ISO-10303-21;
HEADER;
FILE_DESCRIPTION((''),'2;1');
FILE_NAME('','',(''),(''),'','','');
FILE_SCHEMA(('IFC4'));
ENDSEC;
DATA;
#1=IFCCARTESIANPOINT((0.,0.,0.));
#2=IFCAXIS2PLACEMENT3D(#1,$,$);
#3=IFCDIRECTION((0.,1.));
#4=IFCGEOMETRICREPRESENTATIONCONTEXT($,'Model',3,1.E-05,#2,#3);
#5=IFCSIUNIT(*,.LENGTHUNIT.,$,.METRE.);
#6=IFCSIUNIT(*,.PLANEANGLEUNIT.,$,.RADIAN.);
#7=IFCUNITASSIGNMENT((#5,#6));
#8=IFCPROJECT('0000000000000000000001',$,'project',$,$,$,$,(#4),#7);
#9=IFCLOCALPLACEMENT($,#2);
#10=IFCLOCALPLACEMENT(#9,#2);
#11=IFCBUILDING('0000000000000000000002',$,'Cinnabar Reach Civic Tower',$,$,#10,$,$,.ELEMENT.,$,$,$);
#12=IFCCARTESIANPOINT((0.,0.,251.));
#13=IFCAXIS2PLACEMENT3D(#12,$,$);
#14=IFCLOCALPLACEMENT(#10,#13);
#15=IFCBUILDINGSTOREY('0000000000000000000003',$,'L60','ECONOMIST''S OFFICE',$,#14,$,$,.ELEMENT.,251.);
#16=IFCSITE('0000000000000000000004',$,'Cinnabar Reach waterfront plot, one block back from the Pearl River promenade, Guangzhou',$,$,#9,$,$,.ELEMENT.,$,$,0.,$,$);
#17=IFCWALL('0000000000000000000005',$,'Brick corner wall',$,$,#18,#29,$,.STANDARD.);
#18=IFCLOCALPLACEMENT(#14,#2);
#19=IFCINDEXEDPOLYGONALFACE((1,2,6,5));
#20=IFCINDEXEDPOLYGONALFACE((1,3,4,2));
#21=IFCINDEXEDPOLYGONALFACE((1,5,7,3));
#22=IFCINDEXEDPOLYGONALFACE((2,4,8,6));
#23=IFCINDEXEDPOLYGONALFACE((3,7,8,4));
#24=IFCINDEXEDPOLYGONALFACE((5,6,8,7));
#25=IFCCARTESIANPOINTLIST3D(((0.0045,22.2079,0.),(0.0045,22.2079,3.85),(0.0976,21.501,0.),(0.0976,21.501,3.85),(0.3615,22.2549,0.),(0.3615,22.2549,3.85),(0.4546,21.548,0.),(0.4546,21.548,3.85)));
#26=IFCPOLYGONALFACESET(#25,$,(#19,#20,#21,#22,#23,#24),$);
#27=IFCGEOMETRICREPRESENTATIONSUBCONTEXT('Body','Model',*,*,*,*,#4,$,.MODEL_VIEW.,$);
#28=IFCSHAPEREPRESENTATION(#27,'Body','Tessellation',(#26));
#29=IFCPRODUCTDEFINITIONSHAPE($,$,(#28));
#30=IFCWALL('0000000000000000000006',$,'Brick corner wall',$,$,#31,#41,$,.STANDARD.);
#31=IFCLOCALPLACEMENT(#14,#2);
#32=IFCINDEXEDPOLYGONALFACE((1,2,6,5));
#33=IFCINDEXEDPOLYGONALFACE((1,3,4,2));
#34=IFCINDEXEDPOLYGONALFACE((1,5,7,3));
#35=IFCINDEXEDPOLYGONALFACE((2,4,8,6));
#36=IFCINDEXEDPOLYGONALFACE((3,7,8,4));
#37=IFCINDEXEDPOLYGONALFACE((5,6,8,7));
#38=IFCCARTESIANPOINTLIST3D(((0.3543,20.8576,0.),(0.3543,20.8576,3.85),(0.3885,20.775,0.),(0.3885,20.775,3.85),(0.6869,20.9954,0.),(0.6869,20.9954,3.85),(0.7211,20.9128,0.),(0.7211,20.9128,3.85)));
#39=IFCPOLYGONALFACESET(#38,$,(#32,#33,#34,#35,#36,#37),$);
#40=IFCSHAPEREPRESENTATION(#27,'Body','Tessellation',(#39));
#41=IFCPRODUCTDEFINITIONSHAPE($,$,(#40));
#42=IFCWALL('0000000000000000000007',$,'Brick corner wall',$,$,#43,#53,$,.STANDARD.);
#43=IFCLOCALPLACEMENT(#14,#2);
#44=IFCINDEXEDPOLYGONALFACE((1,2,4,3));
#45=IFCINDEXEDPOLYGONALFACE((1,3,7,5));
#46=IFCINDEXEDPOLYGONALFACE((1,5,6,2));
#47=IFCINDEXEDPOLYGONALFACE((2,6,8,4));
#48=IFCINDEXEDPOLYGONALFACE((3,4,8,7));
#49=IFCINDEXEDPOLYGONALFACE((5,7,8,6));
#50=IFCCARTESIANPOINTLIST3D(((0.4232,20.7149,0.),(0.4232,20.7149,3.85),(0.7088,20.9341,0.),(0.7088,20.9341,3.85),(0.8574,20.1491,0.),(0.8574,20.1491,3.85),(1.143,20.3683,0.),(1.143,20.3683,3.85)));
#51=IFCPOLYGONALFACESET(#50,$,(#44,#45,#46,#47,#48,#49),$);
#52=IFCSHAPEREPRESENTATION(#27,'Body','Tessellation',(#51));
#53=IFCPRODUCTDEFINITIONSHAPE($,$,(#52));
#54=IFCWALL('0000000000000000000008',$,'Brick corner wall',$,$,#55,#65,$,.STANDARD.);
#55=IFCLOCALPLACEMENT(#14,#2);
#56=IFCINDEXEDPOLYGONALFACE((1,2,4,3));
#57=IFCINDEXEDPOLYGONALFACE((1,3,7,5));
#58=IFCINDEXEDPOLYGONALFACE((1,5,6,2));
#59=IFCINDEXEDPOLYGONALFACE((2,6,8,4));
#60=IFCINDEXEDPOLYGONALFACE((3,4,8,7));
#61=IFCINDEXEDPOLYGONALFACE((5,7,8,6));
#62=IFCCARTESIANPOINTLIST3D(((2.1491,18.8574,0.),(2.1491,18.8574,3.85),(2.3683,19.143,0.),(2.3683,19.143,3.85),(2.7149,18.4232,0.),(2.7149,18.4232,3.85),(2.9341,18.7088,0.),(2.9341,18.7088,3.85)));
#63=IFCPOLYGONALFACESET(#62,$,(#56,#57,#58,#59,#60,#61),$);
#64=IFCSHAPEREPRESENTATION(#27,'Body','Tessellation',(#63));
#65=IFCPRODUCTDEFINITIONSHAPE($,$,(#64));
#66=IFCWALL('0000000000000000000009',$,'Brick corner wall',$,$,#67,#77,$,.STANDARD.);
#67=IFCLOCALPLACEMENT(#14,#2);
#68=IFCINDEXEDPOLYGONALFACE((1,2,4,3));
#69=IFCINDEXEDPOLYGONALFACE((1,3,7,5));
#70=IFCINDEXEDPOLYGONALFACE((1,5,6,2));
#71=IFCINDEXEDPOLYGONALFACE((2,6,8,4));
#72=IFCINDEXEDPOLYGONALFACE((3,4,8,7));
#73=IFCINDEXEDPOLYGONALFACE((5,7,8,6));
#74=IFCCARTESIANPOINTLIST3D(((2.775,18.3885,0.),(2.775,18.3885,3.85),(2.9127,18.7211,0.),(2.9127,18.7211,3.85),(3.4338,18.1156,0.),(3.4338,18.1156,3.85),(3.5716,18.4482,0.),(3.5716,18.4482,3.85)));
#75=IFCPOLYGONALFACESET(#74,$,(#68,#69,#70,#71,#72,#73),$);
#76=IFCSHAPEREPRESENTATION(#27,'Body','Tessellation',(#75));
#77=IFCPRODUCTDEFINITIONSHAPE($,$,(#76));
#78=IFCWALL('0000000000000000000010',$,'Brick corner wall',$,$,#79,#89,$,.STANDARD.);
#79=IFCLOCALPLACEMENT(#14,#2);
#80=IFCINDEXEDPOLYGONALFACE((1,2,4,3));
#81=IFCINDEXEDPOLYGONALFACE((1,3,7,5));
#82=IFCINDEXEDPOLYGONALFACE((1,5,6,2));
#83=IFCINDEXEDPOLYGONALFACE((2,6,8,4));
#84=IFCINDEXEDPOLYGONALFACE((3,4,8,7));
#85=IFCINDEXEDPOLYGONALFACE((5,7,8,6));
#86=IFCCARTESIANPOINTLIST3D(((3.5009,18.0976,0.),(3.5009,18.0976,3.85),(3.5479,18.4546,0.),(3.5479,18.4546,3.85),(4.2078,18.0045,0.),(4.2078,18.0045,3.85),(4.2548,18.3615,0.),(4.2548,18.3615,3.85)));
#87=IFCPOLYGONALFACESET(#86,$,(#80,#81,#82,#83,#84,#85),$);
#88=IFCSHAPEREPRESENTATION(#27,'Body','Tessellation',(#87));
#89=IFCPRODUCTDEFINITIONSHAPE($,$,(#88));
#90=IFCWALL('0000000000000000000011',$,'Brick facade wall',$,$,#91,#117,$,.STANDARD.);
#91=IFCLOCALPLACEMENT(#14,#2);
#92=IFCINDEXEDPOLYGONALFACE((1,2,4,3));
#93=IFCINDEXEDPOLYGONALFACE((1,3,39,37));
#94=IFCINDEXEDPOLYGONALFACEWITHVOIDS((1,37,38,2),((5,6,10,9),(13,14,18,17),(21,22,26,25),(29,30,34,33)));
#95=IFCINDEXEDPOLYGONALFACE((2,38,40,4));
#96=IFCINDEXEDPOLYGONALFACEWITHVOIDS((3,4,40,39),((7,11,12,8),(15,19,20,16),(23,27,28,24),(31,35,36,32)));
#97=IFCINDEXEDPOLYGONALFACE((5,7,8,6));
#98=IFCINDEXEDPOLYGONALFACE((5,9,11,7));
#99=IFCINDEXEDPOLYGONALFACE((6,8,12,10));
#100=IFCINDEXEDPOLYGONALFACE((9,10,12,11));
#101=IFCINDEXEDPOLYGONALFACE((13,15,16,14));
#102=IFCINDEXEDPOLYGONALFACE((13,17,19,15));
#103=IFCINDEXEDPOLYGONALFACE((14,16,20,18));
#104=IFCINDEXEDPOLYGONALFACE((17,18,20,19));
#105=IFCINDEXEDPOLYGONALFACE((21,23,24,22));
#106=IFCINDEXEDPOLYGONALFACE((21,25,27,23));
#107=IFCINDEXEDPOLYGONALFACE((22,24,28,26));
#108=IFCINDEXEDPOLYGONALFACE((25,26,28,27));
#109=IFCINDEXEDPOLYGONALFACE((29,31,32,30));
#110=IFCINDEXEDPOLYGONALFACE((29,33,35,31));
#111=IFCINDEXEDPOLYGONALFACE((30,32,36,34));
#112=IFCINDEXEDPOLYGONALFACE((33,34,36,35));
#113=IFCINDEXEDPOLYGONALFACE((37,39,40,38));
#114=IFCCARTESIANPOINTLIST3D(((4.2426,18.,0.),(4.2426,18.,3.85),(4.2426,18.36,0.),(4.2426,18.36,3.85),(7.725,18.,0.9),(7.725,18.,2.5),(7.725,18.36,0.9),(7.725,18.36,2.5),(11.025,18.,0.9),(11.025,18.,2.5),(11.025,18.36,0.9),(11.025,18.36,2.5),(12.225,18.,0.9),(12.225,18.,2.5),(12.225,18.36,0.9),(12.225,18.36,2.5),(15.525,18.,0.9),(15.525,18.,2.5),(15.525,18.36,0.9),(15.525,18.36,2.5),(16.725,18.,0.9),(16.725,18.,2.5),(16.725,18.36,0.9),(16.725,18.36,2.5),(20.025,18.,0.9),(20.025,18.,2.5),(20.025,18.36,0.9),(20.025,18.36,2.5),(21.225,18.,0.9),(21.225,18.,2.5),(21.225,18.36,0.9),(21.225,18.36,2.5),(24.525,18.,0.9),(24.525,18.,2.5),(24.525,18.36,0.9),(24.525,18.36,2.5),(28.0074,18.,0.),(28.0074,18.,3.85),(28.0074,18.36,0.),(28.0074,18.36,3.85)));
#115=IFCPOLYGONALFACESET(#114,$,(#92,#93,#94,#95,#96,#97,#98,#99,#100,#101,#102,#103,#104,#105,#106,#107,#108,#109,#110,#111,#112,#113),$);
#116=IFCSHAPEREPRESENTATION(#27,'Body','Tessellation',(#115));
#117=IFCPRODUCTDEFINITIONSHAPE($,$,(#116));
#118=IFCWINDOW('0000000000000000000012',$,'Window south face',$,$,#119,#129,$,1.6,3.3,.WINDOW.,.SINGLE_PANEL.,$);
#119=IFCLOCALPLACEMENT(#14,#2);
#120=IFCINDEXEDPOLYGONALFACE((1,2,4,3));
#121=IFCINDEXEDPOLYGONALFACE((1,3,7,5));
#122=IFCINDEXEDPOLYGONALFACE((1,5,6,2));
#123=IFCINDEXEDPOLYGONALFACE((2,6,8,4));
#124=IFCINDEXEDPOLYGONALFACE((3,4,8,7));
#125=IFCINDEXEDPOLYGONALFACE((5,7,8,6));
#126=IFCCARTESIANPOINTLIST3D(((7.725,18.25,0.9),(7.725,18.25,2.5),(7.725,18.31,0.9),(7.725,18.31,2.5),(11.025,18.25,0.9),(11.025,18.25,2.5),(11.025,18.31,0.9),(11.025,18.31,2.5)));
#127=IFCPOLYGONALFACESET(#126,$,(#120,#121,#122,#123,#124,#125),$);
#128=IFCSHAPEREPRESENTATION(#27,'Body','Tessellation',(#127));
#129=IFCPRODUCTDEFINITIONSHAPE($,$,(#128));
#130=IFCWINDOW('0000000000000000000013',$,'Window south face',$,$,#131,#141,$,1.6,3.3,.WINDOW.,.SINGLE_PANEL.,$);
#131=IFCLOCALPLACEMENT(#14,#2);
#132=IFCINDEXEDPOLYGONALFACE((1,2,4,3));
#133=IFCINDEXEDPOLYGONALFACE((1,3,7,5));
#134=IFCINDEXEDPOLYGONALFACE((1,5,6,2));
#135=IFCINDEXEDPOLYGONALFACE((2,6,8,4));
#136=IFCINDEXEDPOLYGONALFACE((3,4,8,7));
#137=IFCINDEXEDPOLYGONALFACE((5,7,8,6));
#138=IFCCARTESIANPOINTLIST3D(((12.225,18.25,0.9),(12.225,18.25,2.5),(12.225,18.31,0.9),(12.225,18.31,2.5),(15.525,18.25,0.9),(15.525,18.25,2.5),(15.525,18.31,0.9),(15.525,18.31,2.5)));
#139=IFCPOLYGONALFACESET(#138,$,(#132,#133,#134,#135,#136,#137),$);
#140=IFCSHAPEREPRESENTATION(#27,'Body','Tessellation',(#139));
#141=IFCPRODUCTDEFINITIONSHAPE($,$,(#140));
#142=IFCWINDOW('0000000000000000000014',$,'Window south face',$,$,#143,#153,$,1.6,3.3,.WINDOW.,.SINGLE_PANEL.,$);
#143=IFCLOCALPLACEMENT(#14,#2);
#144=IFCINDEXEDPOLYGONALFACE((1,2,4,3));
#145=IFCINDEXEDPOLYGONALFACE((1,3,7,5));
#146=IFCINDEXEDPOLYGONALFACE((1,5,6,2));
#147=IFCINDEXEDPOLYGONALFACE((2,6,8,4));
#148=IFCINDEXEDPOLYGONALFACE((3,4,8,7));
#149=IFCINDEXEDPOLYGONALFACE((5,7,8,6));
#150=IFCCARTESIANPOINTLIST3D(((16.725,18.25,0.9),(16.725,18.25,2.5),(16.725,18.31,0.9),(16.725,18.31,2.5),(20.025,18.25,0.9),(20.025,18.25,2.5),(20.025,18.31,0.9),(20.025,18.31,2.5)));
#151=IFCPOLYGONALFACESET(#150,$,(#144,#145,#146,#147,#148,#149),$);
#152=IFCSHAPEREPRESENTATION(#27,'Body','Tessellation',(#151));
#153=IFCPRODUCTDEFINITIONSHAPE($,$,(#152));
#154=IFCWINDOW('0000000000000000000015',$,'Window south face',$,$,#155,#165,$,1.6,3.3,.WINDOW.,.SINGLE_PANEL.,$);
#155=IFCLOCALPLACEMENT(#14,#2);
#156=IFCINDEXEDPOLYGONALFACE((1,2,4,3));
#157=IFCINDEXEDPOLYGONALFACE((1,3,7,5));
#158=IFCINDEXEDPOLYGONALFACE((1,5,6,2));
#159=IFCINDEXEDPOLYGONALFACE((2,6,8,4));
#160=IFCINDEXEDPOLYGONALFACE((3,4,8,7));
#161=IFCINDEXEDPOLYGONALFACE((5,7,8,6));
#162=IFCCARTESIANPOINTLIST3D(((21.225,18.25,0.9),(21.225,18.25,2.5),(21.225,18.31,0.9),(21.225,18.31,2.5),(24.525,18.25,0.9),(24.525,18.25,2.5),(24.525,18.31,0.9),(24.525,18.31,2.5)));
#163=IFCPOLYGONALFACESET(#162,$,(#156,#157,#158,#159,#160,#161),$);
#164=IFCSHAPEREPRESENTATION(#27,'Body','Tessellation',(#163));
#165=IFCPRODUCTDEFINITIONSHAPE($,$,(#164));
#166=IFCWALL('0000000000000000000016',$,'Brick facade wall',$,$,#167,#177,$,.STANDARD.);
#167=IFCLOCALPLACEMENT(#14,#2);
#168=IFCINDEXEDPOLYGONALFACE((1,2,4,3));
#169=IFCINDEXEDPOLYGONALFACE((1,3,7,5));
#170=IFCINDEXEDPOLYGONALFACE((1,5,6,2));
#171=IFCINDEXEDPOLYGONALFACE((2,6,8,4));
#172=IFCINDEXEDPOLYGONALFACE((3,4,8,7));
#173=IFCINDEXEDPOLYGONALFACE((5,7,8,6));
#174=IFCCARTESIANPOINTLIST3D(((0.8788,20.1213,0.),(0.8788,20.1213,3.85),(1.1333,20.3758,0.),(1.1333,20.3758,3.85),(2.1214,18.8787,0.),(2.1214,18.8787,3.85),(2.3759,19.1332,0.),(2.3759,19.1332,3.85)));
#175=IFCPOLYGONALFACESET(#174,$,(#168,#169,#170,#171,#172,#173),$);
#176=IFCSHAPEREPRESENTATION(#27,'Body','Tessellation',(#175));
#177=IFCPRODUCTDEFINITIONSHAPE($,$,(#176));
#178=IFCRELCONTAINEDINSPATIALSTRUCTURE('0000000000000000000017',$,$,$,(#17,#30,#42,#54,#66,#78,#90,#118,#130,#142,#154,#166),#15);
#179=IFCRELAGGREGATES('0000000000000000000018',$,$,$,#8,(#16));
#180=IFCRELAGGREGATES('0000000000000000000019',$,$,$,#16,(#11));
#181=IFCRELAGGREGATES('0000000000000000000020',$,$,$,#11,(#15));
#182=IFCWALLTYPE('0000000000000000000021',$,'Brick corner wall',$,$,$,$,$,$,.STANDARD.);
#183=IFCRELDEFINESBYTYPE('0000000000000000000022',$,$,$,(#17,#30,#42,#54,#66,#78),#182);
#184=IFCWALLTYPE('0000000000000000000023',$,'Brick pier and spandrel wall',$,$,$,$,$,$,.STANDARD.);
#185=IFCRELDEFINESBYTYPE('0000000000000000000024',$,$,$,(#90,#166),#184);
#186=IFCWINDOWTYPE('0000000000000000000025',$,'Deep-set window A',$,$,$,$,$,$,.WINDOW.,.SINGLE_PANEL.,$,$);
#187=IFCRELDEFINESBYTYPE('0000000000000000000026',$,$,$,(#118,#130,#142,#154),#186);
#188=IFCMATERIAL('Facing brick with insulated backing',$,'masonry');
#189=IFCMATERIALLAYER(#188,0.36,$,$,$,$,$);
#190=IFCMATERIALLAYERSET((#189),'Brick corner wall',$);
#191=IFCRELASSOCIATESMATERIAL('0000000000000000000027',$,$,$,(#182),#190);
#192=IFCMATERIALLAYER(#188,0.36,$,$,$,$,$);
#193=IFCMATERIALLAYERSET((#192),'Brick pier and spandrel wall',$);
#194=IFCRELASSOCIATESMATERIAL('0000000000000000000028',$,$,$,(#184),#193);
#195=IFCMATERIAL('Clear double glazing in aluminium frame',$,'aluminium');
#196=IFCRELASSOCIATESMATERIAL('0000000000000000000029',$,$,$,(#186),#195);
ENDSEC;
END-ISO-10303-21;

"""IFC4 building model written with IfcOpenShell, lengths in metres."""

from ifc_helpers import new_model, si_unit, direction, frame, frame_2d, origin, place, context, subcontext, project, spatial, rectangle, extrude, material, layer, layer_set, type_object, element, fill, save


model = new_model("IFC4")

# Units and contexts
model_context = context("Model", 3, precision=1e-05, world=origin(), true_north=direction((0.0, 1.0)))
body_context = subcontext(model_context, "Body", "Model", "MODEL_VIEW")
ifc_project = project(units=[si_unit("LENGTHUNIT", "METRE"), si_unit("PLANEANGLEUNIT", "RADIAN")], contexts=[model_context])

# Site, building, storey
site_placement = place(None, origin())
site = spatial("IfcSite", under=ifc_project, at=site_placement, Name="Cinnabar Reach waterfront plot, one block back from the Pearl River promenade, Guangzhou", CompositionType="ELEMENT", RefElevation=0.0)
building_placement = place(site_placement, origin())
building = spatial("IfcBuilding", under=site, at=building_placement, Name="Cinnabar Reach Civic Tower", CompositionType="ELEMENT")
storey_placement = place(building_placement, frame((0.0, 0.0, 251.0)))
storey = spatial("IfcBuildingStorey", under=building, at=storey_placement, Name="L60", Description="ECONOMIST'S OFFICE", CompositionType="ELEMENT", Elevation=251.0)

# Walls
ifc_material_1 = material(Name="Facing brick with insulated backing", Category="masonry")
ifc_layer_1 = layer(ifc_material_1, 0.36)
ifc_layer_set_1 = layer_set([ifc_layer_1], Name="Brick corner wall")
wall_type_1 = type_object("IfcWallType", Name="Brick corner wall", PredefinedType="STANDARD", material=ifc_layer_set_1)
wall_1_placement = place(storey_placement, frame((0.183, 22.2314, 0.0), z_axis=(0.0, 0.0, 1.0), x_axis=(0.130556, -0.991441, 0.0)))
element("IfcWall", 1, at=wall_1_placement, inside=storey, type_object=wall_type_1, Name="Brick corner wall", PredefinedType="STANDARD", context=body_context, shape_type="SweptSolid", body=[
    extrude(rectangle(XDim=0.7131, YDim=0.36, at=frame_2d((0.3565, 0.0))), origin(), (0.0, 0.0, 1.0), 3.85),
])
wall_2_placement = place(storey_placement, frame((0.5206, 20.9265, 0.0), z_axis=(0.0, 0.0, 1.0), x_axis=(0.382549, -0.923935, 0.0)))
element("IfcWall", 2, at=wall_2_placement, inside=storey, type_object=wall_type_1, Name="Brick corner wall", PredefinedType="STANDARD", context=body_context, shape_type="SweptSolid", body=[
    extrude(rectangle(XDim=0.0894, YDim=0.36, at=frame_2d((0.0447, 0.0))), origin(), (0.0, 0.0, 1.0), 3.85),
])
for number, where, z_axis, x_axis, name in (
    (3, (0.566, 20.8245, 0.0), (0.0, 0.0, 1.0), (0.608802, -0.793322, 0.0), "Brick corner wall"),
    (4, (2.2587, 19.0002, 0.0), (0.0, 0.0, 1.0), (0.793322, -0.608802, 0.0), "Brick corner wall"),
):
    element("IfcWall", number, at=place(storey_placement, frame(where, z_axis=z_axis, x_axis=x_axis)), inside=storey, type_object=wall_type_1, Name=name, PredefinedType="STANDARD", context=body_context, shape_type="SweptSolid", body=[
        extrude(rectangle(XDim=0.7132, YDim=0.36, at=frame_2d((0.3566, 0.0))), origin(), (0.0, 0.0, 1.0), 3.85),
    ])
for number, where, z_axis, x_axis, name in (
    (5, (2.8439, 18.5548, 0.0), (0.0, 0.0, 1.0), (0.923872, -0.382703, 0.0), "Brick corner wall"),
    (6, (3.5244, 18.2761, 0.0), (0.0, 0.0, 1.0), (0.991441, -0.130556, 0.0), "Brick corner wall"),
):
    element("IfcWall", number, at=place(storey_placement, frame(where, z_axis=z_axis, x_axis=x_axis)), inside=storey, type_object=wall_type_1, Name=name, PredefinedType="STANDARD", context=body_context, shape_type="SweptSolid", body=[
        extrude(rectangle(XDim=0.7131, YDim=0.36, at=frame_2d((0.3565, 0.0))), origin(), (0.0, 0.0, 1.0), 3.85),
    ])

# Wall, openings, windows
ifc_layer_2 = layer(ifc_material_1, 0.36)
ifc_layer_set_2 = layer_set([ifc_layer_2], Name="Brick pier and spandrel wall")
wall_type_2 = type_object("IfcWallType", Name="Brick pier and spandrel wall", PredefinedType="STANDARD", material=ifc_layer_set_2)
wall_3_placement = place(storey_placement, frame((4.2426, 18.18, 0.0), z_axis=(0.0, 0.0, 1.0), x_axis=(1.0, 0.0, 0.0)))
wall_3 = element("IfcWall", 7, at=wall_3_placement, inside=storey, type_object=wall_type_2, Name="Brick facade wall", PredefinedType="STANDARD", context=body_context, shape_type="SweptSolid", body=[
    extrude(rectangle(XDim=23.7648, YDim=0.36, at=frame_2d((11.8824, 0.0))), origin(), (0.0, 0.0, 1.0), 3.85),
])
opening_1_placement = place(wall_3_placement, frame((3.4824, 0.0, 0.9)))
opening_1 = element("IfcOpeningElement", 8, at=opening_1_placement, cuts=wall_3, PredefinedType="OPENING", context=body_context, shape_type="SweptSolid", body=[
    extrude(rectangle(XDim=3.3, YDim=1.6, at=frame_2d((1.65, 0.8))), frame((0.0, 0.19, 0.0), z_axis=(0.0, -1.0, 0.0), x_axis=(1.0, 0.0, 0.0)), (0.0, 0.0, 1.0), 0.38),
])
opening_2_placement = place(wall_3_placement, frame((7.9824, 0.0, 0.9)))
opening_2 = element("IfcOpeningElement", 9, at=opening_2_placement, cuts=wall_3, PredefinedType="OPENING", context=body_context, shape_type="SweptSolid", body=[
    extrude(rectangle(XDim=3.3, YDim=1.6, at=frame_2d((1.65, 0.8))), frame((0.0, 0.19, 0.0), z_axis=(0.0, -1.0, 0.0), x_axis=(1.0, 0.0, 0.0)), (0.0, 0.0, 1.0), 0.38),
])
opening_3_placement = place(wall_3_placement, frame((12.4824, 0.0, 0.9)))
opening_3 = element("IfcOpeningElement", 10, at=opening_3_placement, cuts=wall_3, PredefinedType="OPENING", context=body_context, shape_type="SweptSolid", body=[
    extrude(rectangle(XDim=3.3, YDim=1.6, at=frame_2d((1.65, 0.8))), frame((0.0, 0.19, 0.0), z_axis=(0.0, -1.0, 0.0), x_axis=(1.0, 0.0, 0.0)), (0.0, 0.0, 1.0), 0.38),
])
opening_4_placement = place(wall_3_placement, frame((16.9824, 0.0, 0.9)))
opening_4 = element("IfcOpeningElement", 11, at=opening_4_placement, cuts=wall_3, PredefinedType="OPENING", context=body_context, shape_type="SweptSolid", body=[
    extrude(rectangle(XDim=3.3, YDim=1.6, at=frame_2d((1.65, 0.8))), frame((0.0, 0.19, 0.0), z_axis=(0.0, -1.0, 0.0), x_axis=(1.0, 0.0, 0.0)), (0.0, 0.0, 1.0), 0.38),
])
ifc_material_2 = material(Name="Clear double glazing in aluminium frame", Category="aluminium")
window_type = type_object("IfcWindowType", Name="Deep-set window A", PartitioningType="SINGLE_PANEL", PredefinedType="WINDOW", material=ifc_material_2)
window_1_placement = place(opening_1_placement, origin())
window_1 = element("IfcWindow", 12, at=window_1_placement, inside=storey, type_object=window_type, Name="Window south face", OverallHeight=1.6, OverallWidth=3.3, PartitioningType="SINGLE_PANEL", PredefinedType="WINDOW", context=body_context, shape_type="SweptSolid", body=[
    extrude(rectangle(XDim=3.3, YDim=1.6, at=frame_2d((1.65, 0.8))), frame((0.0, 0.13, 0.0), z_axis=(0.0, -1.0, 0.0), x_axis=(1.0, 0.0, 0.0)), (0.0, 0.0, 1.0), 0.06),
])
fill(opening_1, window_1)
window_2_placement = place(opening_2_placement, origin())
window_2 = element("IfcWindow", 13, at=window_2_placement, inside=storey, type_object=window_type, Name="Window south face", OverallHeight=1.6, OverallWidth=3.3, PartitioningType="SINGLE_PANEL", PredefinedType="WINDOW", context=body_context, shape_type="SweptSolid", body=[
    extrude(rectangle(XDim=3.3, YDim=1.6, at=frame_2d((1.65, 0.8))), frame((0.0, 0.13, 0.0), z_axis=(0.0, -1.0, 0.0), x_axis=(1.0, 0.0, 0.0)), (0.0, 0.0, 1.0), 0.06),
])
fill(opening_2, window_2)
window_3_placement = place(opening_3_placement, origin())
window_3 = element("IfcWindow", 14, at=window_3_placement, inside=storey, type_object=window_type, Name="Window south face", OverallHeight=1.6, OverallWidth=3.3, PartitioningType="SINGLE_PANEL", PredefinedType="WINDOW", context=body_context, shape_type="SweptSolid", body=[
    extrude(rectangle(XDim=3.3, YDim=1.6, at=frame_2d((1.65, 0.8))), frame((0.0, 0.13, 0.0), z_axis=(0.0, -1.0, 0.0), x_axis=(1.0, 0.0, 0.0)), (0.0, 0.0, 1.0), 0.06),
])
fill(opening_3, window_3)
window_4_placement = place(opening_4_placement, origin())
window_4 = element("IfcWindow", 15, at=window_4_placement, inside=storey, type_object=window_type, Name="Window south face", OverallHeight=1.6, OverallWidth=3.3, PartitioningType="SINGLE_PANEL", PredefinedType="WINDOW", context=body_context, shape_type="SweptSolid", body=[
    extrude(rectangle(XDim=3.3, YDim=1.6, at=frame_2d((1.65, 0.8))), frame((0.0, 0.13, 0.0), z_axis=(0.0, -1.0, 0.0), x_axis=(1.0, 0.0, 0.0)), (0.0, 0.0, 1.0), 0.06),
])
fill(opening_4, window_4)

# Wall
wall_4_placement = place(storey_placement, frame((1.006, 20.2486, 0.0), z_axis=(0.0, 0.0, 1.0), x_axis=(0.707107, -0.707107, 0.0)))
element("IfcWall", 16, at=wall_4_placement, inside=storey, type_object=wall_type_2, Name="Brick facade wall", PredefinedType="STANDARD", context=body_context, shape_type="SweptSolid", body=[
    extrude(rectangle(XDim=1.7573, YDim=0.36, at=frame_2d((0.8787, 0.0))), origin(), (0.0, 0.0, 1.0), 3.85),
])

save(model, "model.ifc")
